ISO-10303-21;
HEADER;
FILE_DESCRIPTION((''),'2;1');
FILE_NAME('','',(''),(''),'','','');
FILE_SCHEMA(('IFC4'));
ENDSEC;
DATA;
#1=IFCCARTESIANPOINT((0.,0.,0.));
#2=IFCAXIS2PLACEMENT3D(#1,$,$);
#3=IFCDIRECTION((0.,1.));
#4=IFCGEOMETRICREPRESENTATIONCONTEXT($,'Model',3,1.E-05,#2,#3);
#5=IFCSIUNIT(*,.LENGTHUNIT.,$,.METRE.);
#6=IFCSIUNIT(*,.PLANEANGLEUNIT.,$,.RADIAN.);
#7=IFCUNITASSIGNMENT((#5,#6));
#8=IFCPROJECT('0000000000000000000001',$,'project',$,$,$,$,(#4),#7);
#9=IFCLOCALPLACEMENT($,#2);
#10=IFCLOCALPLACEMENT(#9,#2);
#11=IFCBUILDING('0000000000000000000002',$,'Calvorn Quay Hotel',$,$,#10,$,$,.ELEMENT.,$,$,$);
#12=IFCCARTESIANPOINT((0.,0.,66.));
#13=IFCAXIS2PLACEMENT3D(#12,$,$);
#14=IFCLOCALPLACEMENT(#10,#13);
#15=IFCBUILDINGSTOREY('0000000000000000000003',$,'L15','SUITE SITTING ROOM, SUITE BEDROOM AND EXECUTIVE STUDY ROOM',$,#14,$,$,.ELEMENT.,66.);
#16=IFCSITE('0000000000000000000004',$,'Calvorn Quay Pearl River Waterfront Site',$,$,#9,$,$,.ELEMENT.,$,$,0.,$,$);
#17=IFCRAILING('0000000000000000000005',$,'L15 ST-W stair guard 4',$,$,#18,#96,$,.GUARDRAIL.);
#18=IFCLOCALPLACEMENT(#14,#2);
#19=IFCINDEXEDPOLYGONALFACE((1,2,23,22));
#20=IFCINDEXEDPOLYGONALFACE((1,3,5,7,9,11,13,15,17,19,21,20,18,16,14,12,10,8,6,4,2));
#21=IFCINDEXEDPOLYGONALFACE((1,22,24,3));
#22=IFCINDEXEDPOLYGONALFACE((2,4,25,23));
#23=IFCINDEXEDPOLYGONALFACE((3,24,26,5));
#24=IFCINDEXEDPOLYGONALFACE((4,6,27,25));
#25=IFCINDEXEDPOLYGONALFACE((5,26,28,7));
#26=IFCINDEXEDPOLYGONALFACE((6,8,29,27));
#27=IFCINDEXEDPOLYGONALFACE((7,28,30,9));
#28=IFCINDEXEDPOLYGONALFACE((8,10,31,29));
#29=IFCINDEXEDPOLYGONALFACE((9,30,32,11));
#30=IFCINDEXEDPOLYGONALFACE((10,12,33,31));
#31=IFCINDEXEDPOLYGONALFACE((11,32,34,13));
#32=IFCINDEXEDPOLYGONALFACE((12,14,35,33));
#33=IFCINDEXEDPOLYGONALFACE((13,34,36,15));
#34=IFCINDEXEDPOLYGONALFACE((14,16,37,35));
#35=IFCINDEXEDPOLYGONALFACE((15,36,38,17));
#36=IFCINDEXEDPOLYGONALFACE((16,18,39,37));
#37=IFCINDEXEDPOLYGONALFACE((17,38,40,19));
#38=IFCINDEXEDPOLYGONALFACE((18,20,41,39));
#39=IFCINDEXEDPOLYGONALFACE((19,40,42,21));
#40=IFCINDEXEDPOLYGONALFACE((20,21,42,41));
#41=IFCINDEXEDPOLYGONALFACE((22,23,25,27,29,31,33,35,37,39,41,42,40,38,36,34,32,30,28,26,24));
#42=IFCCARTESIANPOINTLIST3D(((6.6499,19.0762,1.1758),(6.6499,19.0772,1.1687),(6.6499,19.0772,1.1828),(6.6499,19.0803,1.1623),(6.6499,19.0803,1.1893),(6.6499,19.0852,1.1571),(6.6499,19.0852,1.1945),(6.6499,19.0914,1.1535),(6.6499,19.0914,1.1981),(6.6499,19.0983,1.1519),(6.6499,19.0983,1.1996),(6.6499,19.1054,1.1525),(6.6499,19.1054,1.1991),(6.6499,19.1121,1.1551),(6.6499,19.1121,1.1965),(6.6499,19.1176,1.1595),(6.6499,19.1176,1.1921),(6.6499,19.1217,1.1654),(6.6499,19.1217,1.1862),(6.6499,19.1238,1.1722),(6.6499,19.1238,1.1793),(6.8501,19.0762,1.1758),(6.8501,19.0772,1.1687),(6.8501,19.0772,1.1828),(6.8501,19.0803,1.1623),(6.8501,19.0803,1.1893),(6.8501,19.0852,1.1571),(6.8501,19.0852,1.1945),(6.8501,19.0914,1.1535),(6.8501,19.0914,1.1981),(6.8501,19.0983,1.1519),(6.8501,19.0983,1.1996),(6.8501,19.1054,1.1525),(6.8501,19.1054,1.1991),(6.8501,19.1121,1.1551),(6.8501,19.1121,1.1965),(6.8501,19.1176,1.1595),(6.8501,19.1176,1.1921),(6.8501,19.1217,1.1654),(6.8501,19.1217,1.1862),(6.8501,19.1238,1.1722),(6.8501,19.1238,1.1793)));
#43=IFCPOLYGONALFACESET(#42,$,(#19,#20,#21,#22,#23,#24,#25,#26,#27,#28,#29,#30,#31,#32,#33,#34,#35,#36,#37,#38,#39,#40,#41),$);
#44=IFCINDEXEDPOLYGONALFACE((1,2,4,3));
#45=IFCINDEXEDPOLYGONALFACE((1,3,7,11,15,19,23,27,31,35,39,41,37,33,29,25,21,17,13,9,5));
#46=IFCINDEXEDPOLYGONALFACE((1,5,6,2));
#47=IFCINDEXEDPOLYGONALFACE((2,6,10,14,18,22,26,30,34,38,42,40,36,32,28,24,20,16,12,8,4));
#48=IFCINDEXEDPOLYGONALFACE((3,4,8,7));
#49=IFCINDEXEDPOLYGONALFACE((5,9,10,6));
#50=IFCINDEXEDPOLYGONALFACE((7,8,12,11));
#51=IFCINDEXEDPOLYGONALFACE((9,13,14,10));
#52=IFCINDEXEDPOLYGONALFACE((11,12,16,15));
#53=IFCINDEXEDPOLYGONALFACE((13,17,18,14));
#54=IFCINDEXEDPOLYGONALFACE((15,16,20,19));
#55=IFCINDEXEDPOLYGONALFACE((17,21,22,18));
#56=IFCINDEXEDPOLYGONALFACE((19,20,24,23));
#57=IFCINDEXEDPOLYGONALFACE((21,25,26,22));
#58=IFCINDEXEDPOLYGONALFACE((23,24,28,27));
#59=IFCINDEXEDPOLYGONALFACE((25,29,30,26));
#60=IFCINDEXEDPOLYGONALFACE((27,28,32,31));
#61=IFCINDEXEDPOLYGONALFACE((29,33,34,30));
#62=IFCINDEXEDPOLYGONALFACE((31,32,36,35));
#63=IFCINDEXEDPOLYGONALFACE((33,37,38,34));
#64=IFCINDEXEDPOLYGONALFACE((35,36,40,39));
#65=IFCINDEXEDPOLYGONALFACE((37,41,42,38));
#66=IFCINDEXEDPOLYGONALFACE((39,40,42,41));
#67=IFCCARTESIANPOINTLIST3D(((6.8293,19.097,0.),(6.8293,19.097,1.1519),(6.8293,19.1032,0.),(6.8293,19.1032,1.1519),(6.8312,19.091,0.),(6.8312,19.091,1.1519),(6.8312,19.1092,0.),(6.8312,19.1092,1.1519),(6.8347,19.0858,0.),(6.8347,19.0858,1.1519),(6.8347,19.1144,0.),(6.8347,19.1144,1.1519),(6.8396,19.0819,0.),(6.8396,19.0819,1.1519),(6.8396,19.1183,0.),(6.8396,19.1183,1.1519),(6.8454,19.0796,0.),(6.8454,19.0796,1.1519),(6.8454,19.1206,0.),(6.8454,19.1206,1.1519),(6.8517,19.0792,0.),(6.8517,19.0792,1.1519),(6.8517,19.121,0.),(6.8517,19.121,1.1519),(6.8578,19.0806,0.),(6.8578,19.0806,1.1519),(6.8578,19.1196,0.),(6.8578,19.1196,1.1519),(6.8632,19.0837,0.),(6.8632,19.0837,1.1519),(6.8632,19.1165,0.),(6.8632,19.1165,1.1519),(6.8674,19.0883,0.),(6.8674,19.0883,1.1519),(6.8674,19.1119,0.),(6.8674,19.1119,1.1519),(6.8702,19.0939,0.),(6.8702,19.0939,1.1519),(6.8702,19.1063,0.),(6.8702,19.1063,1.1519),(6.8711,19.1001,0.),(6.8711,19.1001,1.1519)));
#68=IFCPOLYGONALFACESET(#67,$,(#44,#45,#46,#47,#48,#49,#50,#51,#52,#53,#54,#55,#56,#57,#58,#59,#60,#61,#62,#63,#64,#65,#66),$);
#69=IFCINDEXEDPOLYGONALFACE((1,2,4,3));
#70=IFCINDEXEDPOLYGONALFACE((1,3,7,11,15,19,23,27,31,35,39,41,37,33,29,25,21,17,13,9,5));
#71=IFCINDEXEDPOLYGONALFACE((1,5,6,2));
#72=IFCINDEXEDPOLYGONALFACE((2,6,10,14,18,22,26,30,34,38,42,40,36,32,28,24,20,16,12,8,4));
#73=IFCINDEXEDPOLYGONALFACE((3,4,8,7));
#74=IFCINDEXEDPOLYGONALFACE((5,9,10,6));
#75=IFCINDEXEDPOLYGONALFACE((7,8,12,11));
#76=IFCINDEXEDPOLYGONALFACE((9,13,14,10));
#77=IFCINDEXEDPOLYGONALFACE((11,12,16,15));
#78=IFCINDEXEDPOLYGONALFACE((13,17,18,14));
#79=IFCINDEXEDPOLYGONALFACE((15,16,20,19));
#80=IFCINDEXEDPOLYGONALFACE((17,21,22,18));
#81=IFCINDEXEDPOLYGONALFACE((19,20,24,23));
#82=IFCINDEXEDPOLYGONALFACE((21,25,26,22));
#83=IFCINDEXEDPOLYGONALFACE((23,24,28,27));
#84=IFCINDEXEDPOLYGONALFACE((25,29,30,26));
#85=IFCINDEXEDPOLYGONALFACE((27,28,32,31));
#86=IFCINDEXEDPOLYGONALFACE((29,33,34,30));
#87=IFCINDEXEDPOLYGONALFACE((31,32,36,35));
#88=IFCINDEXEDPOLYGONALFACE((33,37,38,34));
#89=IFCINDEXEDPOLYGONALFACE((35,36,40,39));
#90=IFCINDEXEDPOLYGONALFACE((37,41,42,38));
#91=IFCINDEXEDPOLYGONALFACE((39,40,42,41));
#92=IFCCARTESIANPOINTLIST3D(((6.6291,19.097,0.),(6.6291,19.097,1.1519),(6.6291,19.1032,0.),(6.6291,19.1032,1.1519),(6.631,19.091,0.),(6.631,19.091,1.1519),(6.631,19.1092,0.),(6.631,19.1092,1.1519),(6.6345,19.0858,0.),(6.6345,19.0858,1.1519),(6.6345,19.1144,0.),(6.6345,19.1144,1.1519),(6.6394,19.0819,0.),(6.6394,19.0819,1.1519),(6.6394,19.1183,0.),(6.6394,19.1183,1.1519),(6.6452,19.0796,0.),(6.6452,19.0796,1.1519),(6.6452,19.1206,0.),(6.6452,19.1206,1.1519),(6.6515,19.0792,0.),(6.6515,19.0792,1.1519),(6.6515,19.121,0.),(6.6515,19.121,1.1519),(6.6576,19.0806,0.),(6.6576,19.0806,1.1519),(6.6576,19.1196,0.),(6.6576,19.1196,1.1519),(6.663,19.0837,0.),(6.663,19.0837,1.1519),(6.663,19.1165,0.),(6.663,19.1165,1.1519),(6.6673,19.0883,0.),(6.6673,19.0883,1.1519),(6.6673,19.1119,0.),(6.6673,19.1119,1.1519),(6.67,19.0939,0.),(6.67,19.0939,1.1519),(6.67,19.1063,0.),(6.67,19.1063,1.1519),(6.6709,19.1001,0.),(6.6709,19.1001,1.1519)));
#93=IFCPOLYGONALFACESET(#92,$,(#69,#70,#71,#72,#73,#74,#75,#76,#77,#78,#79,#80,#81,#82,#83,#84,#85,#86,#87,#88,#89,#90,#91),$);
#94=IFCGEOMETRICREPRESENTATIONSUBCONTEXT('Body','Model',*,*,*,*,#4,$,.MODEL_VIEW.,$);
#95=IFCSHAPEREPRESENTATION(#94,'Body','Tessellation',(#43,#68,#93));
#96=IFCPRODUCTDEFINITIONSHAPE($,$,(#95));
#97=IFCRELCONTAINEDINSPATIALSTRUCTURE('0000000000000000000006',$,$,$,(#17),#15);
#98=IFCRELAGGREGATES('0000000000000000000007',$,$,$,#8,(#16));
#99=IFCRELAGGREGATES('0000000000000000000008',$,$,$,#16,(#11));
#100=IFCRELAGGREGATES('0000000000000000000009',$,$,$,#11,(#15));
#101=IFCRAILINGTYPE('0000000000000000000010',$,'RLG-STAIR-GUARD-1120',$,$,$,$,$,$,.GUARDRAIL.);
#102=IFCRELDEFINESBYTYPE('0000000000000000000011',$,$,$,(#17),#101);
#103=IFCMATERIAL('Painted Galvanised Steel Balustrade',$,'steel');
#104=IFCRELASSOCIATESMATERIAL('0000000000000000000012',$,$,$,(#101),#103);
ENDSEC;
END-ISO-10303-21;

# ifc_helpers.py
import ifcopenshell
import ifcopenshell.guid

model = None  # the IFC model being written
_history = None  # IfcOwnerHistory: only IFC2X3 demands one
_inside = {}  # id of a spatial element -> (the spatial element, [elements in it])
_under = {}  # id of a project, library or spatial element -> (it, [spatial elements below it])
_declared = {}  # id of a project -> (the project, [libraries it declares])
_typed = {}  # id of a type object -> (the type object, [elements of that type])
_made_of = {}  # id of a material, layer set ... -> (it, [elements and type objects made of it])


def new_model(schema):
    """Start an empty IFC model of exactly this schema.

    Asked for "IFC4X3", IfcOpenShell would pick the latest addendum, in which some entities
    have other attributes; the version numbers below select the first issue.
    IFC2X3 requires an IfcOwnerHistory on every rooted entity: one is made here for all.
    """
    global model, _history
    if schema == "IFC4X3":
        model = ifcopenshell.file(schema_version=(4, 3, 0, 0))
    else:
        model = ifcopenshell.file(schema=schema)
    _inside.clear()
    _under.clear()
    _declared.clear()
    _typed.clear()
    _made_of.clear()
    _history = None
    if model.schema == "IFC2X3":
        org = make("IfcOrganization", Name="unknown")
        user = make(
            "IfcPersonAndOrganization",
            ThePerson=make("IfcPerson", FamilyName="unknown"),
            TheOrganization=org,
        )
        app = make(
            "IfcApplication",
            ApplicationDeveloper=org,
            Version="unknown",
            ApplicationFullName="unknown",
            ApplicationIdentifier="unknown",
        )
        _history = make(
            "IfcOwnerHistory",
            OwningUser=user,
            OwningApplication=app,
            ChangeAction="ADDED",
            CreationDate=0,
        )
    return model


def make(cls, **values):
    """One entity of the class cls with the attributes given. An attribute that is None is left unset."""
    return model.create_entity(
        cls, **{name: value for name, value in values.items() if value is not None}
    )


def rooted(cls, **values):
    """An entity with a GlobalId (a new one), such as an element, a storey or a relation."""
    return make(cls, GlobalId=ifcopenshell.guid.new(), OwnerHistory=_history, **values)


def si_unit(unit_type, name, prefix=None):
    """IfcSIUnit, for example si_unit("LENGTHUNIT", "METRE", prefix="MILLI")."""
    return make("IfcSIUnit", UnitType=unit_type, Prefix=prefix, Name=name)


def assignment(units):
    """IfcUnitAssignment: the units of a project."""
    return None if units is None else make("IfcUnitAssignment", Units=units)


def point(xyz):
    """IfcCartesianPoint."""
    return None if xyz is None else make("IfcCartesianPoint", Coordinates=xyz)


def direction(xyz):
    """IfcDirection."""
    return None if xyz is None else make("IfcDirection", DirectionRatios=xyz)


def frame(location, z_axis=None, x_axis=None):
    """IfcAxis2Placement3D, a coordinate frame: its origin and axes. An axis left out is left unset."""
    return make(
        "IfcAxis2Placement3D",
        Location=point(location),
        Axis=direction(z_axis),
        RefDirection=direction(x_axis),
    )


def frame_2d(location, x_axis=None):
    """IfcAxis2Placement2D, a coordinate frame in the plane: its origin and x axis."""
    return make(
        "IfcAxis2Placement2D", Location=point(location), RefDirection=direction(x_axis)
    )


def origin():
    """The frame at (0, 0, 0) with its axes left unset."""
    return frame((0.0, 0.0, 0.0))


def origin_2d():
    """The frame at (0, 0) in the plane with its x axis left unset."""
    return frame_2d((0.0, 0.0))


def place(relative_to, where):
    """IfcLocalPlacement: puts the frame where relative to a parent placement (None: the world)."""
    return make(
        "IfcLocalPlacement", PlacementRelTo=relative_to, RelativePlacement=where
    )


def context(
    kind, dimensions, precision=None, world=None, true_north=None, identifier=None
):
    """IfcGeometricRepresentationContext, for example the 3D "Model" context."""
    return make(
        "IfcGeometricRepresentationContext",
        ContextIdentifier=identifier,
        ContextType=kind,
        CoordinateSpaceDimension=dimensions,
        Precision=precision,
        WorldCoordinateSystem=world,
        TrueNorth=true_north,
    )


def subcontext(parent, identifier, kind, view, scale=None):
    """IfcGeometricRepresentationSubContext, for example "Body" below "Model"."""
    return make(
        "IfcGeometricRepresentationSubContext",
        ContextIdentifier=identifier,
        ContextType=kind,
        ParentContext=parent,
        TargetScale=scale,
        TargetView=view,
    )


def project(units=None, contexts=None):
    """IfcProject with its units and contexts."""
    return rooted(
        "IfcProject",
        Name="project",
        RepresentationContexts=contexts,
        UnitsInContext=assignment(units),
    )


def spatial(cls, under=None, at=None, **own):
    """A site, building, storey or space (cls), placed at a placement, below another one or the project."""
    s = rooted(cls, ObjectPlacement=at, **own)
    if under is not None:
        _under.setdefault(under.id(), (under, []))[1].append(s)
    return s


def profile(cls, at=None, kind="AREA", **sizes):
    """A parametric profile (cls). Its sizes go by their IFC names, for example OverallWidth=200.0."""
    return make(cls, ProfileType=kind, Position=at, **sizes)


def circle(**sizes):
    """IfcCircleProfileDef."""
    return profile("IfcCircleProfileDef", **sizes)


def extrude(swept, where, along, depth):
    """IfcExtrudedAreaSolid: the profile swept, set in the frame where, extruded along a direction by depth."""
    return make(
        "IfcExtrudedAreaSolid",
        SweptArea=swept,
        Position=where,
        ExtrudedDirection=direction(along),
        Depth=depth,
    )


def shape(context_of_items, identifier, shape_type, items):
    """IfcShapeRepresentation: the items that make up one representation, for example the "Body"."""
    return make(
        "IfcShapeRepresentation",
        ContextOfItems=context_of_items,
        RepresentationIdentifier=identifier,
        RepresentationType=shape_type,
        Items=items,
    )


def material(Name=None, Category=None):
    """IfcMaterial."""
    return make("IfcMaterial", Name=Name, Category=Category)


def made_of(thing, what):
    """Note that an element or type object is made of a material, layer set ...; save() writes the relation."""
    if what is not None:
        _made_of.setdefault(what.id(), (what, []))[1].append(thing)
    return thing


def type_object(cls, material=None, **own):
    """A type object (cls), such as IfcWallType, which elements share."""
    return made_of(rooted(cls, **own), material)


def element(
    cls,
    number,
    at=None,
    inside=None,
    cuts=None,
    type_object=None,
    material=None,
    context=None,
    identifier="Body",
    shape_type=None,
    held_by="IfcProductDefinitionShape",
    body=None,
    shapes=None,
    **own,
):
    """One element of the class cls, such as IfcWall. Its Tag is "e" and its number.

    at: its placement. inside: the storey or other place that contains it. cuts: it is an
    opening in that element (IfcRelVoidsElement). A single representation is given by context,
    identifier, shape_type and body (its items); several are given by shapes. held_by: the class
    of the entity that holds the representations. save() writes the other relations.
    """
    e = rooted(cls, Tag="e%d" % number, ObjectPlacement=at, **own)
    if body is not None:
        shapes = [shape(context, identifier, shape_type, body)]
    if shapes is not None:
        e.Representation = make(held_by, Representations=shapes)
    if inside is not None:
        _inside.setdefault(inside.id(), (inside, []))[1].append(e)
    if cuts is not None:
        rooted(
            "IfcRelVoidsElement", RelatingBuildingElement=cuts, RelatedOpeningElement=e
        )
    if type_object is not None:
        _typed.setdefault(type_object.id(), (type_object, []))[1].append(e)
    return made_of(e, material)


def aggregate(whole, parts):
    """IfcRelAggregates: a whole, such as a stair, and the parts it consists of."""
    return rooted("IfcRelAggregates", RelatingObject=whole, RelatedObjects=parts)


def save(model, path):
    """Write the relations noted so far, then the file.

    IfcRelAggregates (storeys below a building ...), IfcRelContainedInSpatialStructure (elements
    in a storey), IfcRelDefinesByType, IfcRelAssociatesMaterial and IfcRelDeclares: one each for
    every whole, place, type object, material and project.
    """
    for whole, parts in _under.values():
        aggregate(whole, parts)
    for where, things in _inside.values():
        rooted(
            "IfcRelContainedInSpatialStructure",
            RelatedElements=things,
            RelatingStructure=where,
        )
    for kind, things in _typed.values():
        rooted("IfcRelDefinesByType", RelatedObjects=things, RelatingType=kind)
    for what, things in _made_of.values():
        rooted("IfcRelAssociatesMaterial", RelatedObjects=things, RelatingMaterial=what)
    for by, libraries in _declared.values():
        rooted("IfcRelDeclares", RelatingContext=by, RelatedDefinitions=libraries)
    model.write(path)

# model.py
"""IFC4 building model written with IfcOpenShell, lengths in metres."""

from ifc_helpers import new_model, si_unit, direction, frame, origin, origin_2d, place, context, subcontext, project, spatial, circle, extrude, material, type_object, element, save


model = new_model("IFC4")

# Units and contexts
model_context = context("Model", 3, precision=1e-05, world=origin(), true_north=direction((0.0, 1.0)))
body_context = subcontext(model_context, "Body", "Model", "MODEL_VIEW")
ifc_project = project(units=[si_unit("LENGTHUNIT", "METRE"), si_unit("PLANEANGLEUNIT", "RADIAN")], contexts=[model_context])

# Site, building, storey
site_placement = place(None, origin())
site = spatial("IfcSite", under=ifc_project, at=site_placement, Name="Calvorn Quay Pearl River Waterfront Site", CompositionType="ELEMENT", RefElevation=0.0)
building_placement = place(site_placement, origin())
building = spatial("IfcBuilding", under=site, at=building_placement, Name="Calvorn Quay Hotel", CompositionType="ELEMENT")
storey_placement = place(building_placement, frame((0.0, 0.0, 66.0)))
storey = spatial("IfcBuildingStorey", under=building, at=storey_placement, Name="L15", Description="SUITE SITTING ROOM, SUITE BEDROOM AND EXECUTIVE STUDY ROOM", CompositionType="ELEMENT", Elevation=66.0)

# Railing
ifc_material_1 = material(Name="Painted Galvanised Steel Balustrade", Category="steel")
railing_type_1 = type_object("IfcRailingType", Name="RLG-STAIR-GUARD-1120", PredefinedType="GUARDRAIL", material=ifc_material_1)
railing_1_placement = place(storey_placement, frame((6.8501, 19.1001, 0.0)))
element("IfcRailing", 1, at=railing_1_placement, inside=storey, type_object=railing_type_1, Name="L15 ST-W stair guard 4", PredefinedType="GUARDRAIL", context=body_context, shape_type="SweptSolid", body=[
    extrude(circle(Radius=0.0239, at=origin_2d()), frame((0.0, 0.0, 1.1758), z_axis=(-1.0, 0.0, 0.0), x_axis=(0.0, -1.0, 0.0)), (0.0, 0.0, 1.0), 0.2002),
    extrude(circle(Radius=0.021, at=origin_2d()), origin(), (0.0, 0.0, 1.0), 1.1519),
    extrude(circle(Radius=0.021, at=origin_2d()), frame((-0.2002, 0.0, 0.0)), (0.0, 0.0, 1.0), 1.1519),
])

save(model, "model.ifc")
